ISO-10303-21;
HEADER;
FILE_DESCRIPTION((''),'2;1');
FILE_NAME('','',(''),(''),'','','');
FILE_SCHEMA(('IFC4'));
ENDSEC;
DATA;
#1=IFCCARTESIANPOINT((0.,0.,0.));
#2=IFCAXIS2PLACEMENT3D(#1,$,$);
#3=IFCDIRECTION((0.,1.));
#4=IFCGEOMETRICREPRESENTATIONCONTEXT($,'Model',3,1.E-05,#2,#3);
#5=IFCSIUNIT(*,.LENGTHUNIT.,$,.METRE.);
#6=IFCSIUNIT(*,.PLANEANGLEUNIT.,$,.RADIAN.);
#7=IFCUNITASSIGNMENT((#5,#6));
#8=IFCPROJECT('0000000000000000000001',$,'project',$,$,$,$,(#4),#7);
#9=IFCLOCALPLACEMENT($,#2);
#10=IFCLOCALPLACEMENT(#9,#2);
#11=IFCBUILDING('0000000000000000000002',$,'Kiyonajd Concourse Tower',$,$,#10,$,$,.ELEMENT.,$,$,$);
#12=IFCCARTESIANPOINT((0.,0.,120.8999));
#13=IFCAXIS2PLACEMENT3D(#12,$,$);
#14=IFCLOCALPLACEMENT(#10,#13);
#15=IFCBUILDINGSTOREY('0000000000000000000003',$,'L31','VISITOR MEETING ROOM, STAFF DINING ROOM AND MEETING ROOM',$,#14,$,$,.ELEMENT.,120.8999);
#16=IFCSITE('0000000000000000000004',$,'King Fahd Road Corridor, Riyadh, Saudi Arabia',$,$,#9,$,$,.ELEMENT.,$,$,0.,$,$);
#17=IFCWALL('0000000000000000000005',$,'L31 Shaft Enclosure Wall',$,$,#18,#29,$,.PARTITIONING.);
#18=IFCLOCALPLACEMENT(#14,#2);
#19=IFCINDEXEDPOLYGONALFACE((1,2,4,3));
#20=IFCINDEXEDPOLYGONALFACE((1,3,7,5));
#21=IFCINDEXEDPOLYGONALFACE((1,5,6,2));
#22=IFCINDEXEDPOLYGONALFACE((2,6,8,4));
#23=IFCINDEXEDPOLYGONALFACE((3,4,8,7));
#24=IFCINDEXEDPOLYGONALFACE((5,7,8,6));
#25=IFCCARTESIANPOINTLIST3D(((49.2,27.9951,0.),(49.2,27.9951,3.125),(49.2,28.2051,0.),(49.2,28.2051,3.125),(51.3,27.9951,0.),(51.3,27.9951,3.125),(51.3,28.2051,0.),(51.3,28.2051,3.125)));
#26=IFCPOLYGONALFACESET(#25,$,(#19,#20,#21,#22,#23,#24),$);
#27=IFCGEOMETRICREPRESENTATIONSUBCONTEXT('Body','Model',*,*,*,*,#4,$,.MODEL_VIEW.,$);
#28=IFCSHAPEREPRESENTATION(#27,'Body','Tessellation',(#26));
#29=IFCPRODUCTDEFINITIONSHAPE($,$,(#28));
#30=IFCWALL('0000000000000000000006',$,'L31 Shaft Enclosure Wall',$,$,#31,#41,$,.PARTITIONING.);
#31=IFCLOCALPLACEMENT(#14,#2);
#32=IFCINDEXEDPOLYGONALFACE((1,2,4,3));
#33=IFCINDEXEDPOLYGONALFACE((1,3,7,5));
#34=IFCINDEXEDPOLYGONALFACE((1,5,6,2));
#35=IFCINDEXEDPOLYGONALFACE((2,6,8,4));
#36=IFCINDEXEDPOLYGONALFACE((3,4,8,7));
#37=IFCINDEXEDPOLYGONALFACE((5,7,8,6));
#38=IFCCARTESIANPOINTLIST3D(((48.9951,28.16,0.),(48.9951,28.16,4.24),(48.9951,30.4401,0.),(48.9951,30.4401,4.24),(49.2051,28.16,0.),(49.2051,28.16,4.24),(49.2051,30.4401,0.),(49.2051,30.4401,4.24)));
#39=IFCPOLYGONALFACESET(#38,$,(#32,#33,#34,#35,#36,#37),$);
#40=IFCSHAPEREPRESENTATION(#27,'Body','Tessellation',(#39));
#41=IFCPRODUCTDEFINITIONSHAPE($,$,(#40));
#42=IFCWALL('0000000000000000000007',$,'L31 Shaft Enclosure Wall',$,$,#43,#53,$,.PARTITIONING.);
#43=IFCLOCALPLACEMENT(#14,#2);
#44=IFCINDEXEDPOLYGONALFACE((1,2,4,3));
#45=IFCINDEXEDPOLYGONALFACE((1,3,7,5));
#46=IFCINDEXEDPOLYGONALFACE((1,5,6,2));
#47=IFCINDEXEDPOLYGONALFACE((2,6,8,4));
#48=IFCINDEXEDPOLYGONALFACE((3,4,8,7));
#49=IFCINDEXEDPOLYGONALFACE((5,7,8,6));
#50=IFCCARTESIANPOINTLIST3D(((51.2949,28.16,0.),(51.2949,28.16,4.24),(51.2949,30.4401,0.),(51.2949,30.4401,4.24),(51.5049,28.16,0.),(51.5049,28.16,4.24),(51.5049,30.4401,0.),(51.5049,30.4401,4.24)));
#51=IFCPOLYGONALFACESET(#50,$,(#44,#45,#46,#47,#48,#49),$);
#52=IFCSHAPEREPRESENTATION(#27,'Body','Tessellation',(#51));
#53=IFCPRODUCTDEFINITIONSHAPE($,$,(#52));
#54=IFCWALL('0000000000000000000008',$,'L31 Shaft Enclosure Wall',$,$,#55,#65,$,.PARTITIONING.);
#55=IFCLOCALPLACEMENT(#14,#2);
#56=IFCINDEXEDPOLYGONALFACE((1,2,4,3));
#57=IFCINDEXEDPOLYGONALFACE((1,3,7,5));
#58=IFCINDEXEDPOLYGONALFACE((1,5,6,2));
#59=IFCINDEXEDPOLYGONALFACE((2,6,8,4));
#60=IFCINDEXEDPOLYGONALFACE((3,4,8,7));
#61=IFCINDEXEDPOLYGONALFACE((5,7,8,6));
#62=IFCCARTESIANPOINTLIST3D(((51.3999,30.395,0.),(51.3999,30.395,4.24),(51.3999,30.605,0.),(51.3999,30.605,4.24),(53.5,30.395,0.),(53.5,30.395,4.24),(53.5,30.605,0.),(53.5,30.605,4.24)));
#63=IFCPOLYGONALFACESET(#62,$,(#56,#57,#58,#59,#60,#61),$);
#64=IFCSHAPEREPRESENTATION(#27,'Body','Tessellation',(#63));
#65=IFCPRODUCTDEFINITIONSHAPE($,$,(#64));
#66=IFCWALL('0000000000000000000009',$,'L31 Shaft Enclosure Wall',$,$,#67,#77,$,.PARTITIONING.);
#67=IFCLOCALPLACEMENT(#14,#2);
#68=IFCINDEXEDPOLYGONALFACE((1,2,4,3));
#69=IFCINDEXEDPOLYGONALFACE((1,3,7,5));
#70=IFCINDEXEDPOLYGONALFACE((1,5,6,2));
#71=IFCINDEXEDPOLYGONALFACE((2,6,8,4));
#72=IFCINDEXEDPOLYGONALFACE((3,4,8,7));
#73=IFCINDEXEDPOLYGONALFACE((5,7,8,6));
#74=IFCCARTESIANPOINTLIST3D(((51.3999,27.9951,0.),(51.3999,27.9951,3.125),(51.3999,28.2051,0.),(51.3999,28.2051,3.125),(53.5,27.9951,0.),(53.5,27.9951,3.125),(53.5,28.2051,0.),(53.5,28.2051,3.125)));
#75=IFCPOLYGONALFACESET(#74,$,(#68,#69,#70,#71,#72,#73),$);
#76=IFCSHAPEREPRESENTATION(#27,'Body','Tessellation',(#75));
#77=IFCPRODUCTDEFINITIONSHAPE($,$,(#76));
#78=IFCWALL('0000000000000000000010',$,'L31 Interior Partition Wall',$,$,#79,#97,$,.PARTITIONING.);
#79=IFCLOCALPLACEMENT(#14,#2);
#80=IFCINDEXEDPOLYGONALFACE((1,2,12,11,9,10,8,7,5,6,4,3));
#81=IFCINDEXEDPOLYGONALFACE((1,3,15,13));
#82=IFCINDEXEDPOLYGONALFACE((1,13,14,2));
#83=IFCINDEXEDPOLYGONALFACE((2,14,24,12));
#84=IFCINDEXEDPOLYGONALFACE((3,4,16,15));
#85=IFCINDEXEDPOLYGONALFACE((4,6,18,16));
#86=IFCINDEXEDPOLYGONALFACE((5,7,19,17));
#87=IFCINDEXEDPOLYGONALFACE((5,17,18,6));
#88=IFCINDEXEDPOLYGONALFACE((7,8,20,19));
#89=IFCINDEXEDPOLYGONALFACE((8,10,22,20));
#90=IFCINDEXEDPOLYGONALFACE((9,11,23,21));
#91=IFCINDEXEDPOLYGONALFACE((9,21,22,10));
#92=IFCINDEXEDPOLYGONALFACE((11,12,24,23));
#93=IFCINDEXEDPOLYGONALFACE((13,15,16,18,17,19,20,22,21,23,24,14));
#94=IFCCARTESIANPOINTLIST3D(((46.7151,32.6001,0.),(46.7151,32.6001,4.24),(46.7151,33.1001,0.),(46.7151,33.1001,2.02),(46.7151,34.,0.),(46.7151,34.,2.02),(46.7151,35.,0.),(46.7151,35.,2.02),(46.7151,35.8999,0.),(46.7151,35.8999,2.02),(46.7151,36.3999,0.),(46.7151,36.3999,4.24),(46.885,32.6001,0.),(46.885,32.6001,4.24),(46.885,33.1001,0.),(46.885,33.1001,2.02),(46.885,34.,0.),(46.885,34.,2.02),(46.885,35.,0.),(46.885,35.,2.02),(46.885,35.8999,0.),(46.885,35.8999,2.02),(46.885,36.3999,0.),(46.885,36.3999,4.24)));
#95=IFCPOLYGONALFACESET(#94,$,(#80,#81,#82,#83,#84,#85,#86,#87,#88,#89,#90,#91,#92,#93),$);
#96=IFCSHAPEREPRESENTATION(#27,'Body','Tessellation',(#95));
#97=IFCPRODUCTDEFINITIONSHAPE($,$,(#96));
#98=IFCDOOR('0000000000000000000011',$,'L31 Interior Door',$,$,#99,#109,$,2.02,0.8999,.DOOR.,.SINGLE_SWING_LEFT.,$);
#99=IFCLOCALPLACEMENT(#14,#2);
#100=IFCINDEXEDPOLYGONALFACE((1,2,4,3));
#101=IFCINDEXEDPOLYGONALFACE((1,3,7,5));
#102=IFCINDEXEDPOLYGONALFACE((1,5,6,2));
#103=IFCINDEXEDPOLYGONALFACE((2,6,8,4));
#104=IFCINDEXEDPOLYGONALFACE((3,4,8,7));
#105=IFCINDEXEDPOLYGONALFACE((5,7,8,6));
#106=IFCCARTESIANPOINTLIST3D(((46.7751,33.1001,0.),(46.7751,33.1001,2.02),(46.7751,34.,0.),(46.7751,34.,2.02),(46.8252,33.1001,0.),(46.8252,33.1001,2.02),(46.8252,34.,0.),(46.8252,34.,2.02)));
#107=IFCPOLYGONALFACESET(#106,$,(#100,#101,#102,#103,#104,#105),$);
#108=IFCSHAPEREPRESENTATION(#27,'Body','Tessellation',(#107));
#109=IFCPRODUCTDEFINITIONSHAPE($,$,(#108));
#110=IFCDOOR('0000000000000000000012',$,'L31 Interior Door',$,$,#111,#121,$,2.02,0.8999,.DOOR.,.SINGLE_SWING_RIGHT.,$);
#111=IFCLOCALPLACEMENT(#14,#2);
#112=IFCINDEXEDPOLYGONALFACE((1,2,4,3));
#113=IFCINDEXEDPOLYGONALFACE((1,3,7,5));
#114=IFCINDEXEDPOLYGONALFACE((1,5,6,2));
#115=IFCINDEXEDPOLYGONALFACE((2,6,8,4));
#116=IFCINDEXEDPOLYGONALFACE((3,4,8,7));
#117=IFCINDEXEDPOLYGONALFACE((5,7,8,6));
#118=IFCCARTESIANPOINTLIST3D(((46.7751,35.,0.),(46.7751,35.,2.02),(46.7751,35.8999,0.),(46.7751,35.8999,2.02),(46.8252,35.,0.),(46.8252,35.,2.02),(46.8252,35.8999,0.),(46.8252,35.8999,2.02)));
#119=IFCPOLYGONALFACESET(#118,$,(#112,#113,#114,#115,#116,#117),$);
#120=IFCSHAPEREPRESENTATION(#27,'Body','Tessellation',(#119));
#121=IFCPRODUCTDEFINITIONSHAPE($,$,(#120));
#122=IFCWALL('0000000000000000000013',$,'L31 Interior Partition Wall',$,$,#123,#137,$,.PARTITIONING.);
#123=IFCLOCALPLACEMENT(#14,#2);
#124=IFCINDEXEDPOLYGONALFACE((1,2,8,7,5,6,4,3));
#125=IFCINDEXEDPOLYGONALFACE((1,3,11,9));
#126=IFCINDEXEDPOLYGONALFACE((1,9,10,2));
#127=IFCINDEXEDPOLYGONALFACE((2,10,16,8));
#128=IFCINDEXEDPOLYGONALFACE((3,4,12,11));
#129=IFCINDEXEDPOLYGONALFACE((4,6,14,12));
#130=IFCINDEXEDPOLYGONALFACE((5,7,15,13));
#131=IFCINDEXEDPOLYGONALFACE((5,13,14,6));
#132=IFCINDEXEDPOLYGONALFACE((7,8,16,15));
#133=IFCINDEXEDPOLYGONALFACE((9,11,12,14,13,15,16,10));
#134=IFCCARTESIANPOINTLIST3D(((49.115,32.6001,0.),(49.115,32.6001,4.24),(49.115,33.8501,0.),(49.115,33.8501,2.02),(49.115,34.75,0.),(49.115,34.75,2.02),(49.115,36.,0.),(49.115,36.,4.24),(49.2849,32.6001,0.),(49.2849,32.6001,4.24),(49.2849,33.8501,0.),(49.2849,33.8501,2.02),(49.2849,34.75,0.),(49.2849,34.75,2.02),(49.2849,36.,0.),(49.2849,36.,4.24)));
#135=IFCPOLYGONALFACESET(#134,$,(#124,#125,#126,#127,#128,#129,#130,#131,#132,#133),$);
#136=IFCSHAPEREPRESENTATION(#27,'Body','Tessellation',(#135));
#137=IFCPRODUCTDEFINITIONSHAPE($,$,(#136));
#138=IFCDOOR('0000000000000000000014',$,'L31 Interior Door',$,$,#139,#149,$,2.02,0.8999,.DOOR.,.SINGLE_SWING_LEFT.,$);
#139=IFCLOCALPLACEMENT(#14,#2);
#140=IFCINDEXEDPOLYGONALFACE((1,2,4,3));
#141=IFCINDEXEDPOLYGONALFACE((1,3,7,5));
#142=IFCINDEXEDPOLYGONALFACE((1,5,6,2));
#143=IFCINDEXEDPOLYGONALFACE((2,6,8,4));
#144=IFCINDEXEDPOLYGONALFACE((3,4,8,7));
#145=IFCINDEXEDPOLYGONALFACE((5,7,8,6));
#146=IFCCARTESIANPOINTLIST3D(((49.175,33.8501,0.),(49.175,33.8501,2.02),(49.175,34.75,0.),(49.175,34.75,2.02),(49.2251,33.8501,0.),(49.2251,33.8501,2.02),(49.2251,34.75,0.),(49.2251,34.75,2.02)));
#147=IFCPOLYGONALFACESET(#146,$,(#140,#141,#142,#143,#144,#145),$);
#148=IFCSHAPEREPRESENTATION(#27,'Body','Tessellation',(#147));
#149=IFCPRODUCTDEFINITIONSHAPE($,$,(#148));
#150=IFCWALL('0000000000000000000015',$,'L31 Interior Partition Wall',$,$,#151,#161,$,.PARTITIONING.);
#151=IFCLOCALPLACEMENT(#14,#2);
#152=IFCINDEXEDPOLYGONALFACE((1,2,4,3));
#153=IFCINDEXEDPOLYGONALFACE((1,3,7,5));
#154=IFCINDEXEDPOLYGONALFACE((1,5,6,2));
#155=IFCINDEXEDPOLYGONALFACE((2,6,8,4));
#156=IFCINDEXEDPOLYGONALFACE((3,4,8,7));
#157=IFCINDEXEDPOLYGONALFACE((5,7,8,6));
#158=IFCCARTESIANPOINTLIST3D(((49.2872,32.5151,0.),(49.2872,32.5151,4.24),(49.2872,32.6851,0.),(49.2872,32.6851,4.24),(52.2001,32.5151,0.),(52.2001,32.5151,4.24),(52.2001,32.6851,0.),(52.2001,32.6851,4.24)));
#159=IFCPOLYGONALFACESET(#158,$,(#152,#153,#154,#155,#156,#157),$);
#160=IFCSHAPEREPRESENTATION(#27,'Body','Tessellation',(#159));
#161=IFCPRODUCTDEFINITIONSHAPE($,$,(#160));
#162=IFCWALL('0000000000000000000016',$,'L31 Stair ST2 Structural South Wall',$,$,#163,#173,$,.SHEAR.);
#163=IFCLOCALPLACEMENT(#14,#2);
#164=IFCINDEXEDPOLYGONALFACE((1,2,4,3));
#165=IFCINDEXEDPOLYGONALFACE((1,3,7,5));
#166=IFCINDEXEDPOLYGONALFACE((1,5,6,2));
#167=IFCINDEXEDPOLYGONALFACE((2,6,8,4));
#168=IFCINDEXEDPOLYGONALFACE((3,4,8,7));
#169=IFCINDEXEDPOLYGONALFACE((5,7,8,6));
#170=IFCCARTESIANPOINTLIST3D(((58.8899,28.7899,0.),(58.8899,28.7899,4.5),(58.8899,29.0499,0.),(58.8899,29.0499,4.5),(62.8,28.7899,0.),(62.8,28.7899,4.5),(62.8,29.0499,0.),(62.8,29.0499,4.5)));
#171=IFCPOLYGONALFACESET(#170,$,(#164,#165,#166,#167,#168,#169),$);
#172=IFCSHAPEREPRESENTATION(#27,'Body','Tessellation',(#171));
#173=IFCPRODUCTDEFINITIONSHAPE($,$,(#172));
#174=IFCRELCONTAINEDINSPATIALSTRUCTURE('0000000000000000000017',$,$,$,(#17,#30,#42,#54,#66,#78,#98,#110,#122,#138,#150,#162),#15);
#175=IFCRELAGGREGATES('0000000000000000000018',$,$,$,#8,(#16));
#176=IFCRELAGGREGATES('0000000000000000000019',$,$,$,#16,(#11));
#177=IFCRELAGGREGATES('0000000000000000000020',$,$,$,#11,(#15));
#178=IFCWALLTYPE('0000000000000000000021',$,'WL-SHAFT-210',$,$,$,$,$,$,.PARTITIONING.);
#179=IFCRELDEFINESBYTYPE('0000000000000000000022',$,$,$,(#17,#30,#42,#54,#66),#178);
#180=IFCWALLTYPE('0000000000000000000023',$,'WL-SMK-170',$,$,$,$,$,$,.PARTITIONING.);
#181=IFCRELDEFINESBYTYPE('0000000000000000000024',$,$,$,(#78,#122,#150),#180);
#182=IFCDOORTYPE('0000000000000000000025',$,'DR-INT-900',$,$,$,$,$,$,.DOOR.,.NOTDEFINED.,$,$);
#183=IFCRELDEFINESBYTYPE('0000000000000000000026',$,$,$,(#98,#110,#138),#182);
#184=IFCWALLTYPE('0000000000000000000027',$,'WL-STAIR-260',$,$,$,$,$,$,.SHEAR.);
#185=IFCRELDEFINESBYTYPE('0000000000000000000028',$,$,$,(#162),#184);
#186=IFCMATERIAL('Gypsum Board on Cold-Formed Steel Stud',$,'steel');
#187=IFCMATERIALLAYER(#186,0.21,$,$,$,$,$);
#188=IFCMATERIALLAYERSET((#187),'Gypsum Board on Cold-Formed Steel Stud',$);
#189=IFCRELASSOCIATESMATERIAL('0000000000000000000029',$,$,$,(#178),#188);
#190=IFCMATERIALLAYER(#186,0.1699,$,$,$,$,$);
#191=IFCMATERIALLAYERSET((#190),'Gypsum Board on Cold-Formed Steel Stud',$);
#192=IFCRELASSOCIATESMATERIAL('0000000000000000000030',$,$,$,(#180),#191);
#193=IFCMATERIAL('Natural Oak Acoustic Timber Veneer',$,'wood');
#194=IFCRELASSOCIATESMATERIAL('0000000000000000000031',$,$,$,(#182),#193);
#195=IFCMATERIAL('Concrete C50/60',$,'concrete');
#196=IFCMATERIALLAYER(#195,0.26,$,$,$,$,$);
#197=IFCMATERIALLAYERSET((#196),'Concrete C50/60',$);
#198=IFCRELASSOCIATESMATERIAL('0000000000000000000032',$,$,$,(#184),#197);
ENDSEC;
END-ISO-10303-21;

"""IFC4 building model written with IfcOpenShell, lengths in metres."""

from ifc_helpers import new_model, si_unit, direction, frame, frame_2d, origin, place, context, subcontext, project, spatial, rectangle, extrude, material, layer, layer_set, type_object, element, fill, save


model = new_model("IFC4")

# Units and contexts
model_context = context("Model", 3, precision=1e-05, world=origin(), true_north=direction((0.0, 1.0)))
body_context = subcontext(model_context, "Body", "Model", "MODEL_VIEW")
ifc_project = project(units=[si_unit("LENGTHUNIT", "METRE"), si_unit("PLANEANGLEUNIT", "RADIAN")], contexts=[model_context])

# Site, building, storey
site_placement = place(None, origin())
site = spatial("IfcSite", under=ifc_project, at=site_placement, Name="King Fahd Road Corridor, Riyadh, Saudi Arabia", CompositionType="ELEMENT", RefElevation=0.0)
building_placement = place(site_placement, origin())
building = spatial("IfcBuilding", under=site, at=building_placement, Name="Kiyonajd Concourse Tower", CompositionType="ELEMENT")
storey_placement = place(building_placement, frame((0.0, 0.0, 120.8999)))
storey = spatial("IfcBuildingStorey", under=building, at=storey_placement, Name="L31", Description="VISITOR MEETING ROOM, STAFF DINING ROOM AND MEETING ROOM", CompositionType="ELEMENT", Elevation=120.8999)

# Shared definitions
ifc_material_1 = material(Name="Concrete C50/60", Category="concrete")

# Shared definitions
ifc_material_2 = material(Name="Gypsum Board on Cold-Formed Steel Stud", Category="steel")
ifc_layer_1 = layer(ifc_material_2, 0.21)
ifc_layer_set_1 = layer_set([ifc_layer_1], Name="Gypsum Board on Cold-Formed Steel Stud")
wall_type_1 = type_object("IfcWallType", Name="WL-SHAFT-210", PredefinedType="PARTITIONING", material=ifc_layer_set_1)

# Walls
wall_1_placement = place(storey_placement, frame((49.2, 28.1001, 0.0), z_axis=(0.0, 0.0, 1.0), x_axis=(1.0, 0.0, 0.0)))
element("IfcWall", 1, at=wall_1_placement, inside=storey, type_object=wall_type_1, Name="L31 Shaft Enclosure Wall", PredefinedType="PARTITIONING", context=body_context, shape_type="SweptSolid", body=[
    extrude(rectangle(XDim=2.1001, YDim=0.21, at=frame_2d((1.05, 0.0))), origin(), (0.0, 0.0, 1.0), 3.125),
])
for number, where, z_axis, x_axis, name in (
    (2, (49.1001, 28.1599, 0.0), (0.0, 0.0, 1.0), (0.0, 1.0, 0.0), "L31 Shaft Enclosure Wall"),
    (3, (51.3999, 28.1599, 0.0), (0.0, 0.0, 1.0), (0.0, 1.0, 0.0), "L31 Shaft Enclosure Wall"),
):
    element("IfcWall", number, at=place(storey_placement, frame(where, z_axis=z_axis, x_axis=x_axis)), inside=storey, type_object=wall_type_1, Name=name, PredefinedType="PARTITIONING", context=body_context, shape_type="SweptSolid", body=[
        extrude(rectangle(XDim=2.28, YDim=0.21, at=frame_2d((1.1401, 0.0))), origin(), (0.0, 0.0, 1.0), 4.24),
    ])
wall_2_placement = place(storey_placement, frame((51.3999, 30.5, 0.0), z_axis=(0.0, 0.0, 1.0), x_axis=(1.0, 0.0, 0.0)))
element("IfcWall", 4, at=wall_2_placement, inside=storey, type_object=wall_type_1, Name="L31 Shaft Enclosure Wall", PredefinedType="PARTITIONING", context=body_context, shape_type="SweptSolid", body=[
    extrude(rectangle(XDim=2.1001, YDim=0.21, at=frame_2d((1.05, 0.0))), origin(), (0.0, 0.0, 1.0), 4.24),
])
wall_3_placement = place(storey_placement, frame((51.3999, 28.1001, 0.0), z_axis=(0.0, 0.0, 1.0), x_axis=(1.0, 0.0, 0.0)))
element("IfcWall", 5, at=wall_3_placement, inside=storey, type_object=wall_type_1, Name="L31 Shaft Enclosure Wall", PredefinedType="PARTITIONING", context=body_context, shape_type="SweptSolid", body=[
    extrude(rectangle(XDim=2.1001, YDim=0.21, at=frame_2d((1.05, 0.0))), origin(), (0.0, 0.0, 1.0), 3.125),
])

# Wall, openings, doors
ifc_layer_2 = layer(ifc_material_2, 0.1699)
ifc_layer_set_2 = layer_set([ifc_layer_2], Name="Gypsum Board on Cold-Formed Steel Stud")
wall_type_2 = type_object("IfcWallType", Name="WL-SMK-170", PredefinedType="PARTITIONING", material=ifc_layer_set_2)
wall_4_placement = place(storey_placement, frame((46.8, 32.6001, 0.0), z_axis=(0.0, 0.0, 1.0), x_axis=(0.0, 1.0, 0.0)))
wall_4 = element("IfcWall", 6, at=wall_4_placement, inside=storey, type_object=wall_type_2, Name="L31 Interior Partition Wall", PredefinedType="PARTITIONING", context=body_context, shape_type="SweptSolid", body=[
    extrude(rectangle(XDim=3.7998, YDim=0.1699, at=frame_2d((1.8999, 0.0))), origin(), (0.0, 0.0, 1.0), 4.24),
])
opening_1_placement = place(wall_4_placement, frame((0.5, 0.0, 0.0)))
opening_1 = element("IfcOpeningElement", 7, at=opening_1_placement, cuts=wall_4, PredefinedType="OPENING", context=body_context, shape_type="SweptSolid", body=[
    extrude(rectangle(XDim=0.8999, YDim=2.02, at=frame_2d((0.45, 1.01))), frame((0.0, 0.095, 0.0), z_axis=(0.0, -1.0, 0.0), x_axis=(1.0, 0.0, 0.0)), (0.0, 0.0, 1.0), 0.1899),
])
opening_2_placement = place(wall_4_placement, frame((2.3999, 0.0, 0.0)))
opening_2 = element("IfcOpeningElement", 8, at=opening_2_placement, cuts=wall_4, PredefinedType="OPENING", context=body_context, shape_type="SweptSolid", body=[
    extrude(rectangle(XDim=0.8999, YDim=2.02, at=frame_2d((0.45, 1.01))), frame((0.0, 0.095, 0.0), z_axis=(0.0, -1.0, 0.0), x_axis=(1.0, 0.0, 0.0)), (0.0, 0.0, 1.0), 0.1899),
])
ifc_material_3 = material(Name="Natural Oak Acoustic Timber Veneer", Category="wood")
door_type_1 = type_object("IfcDoorType", Name="DR-INT-900", OperationType="NOTDEFINED", PredefinedType="DOOR", material=ifc_material_3)
door_1_placement = place(opening_1_placement, origin())
door_1 = element("IfcDoor", 9, at=door_1_placement, inside=storey, type_object=door_type_1, Name="L31 Interior Door", OperationType="SINGLE_SWING_LEFT", OverallHeight=2.02, OverallWidth=0.8999, PredefinedType="DOOR", context=body_context, shape_type="SweptSolid", body=[
    extrude(rectangle(XDim=0.8999, YDim=2.02, at=frame_2d((0.45, 1.01))), frame((0.0, 0.0249, 0.0), z_axis=(0.0, -1.0, 0.0), x_axis=(1.0, 0.0, 0.0)), (0.0, 0.0, 1.0), 0.05),
])
fill(opening_1, door_1)
door_2_placement = place(opening_2_placement, origin())
door_2 = element("IfcDoor", 10, at=door_2_placement, inside=storey, type_object=door_type_1, Name="L31 Interior Door", OperationType="SINGLE_SWING_RIGHT", OverallHeight=2.02, OverallWidth=0.8999, PredefinedType="DOOR", context=body_context, shape_type="SweptSolid", body=[
    extrude(rectangle(XDim=0.8999, YDim=2.02, at=frame_2d((0.45, 1.01))), frame((0.0, 0.0249, 0.0), z_axis=(0.0, -1.0, 0.0), x_axis=(1.0, 0.0, 0.0)), (0.0, 0.0, 1.0), 0.05),
])
fill(opening_2, door_2)

# Wall, opening, door
wall_5_placement = place(storey_placement, frame((49.2, 32.6001, 0.0), z_axis=(0.0, 0.0, 1.0), x_axis=(0.0, 1.0, 0.0)))
wall_5 = element("IfcWall", 11, at=wall_5_placement, inside=storey, type_object=wall_type_2, Name="L31 Interior Partition Wall", PredefinedType="PARTITIONING", context=body_context, shape_type="SweptSolid", body=[
    extrude(rectangle(XDim=3.3999, YDim=0.1699, at=frame_2d((1.7, 0.0))), origin(), (0.0, 0.0, 1.0), 4.24),
])
opening_3_placement = place(wall_5_placement, frame((1.25, 0.0, 0.0)))
opening_3 = element("IfcOpeningElement", 12, at=opening_3_placement, cuts=wall_5, PredefinedType="OPENING", context=body_context, shape_type="SweptSolid", body=[
    extrude(rectangle(XDim=0.8999, YDim=2.02, at=frame_2d((0.45, 1.01))), frame((0.0, 0.095, 0.0), z_axis=(0.0, -1.0, 0.0), x_axis=(1.0, 0.0, 0.0)), (0.0, 0.0, 1.0), 0.1899),
])
door_3_placement = place(opening_3_placement, origin())
door_3 = element("IfcDoor", 13, at=door_3_placement, inside=storey, type_object=door_type_1, Name="L31 Interior Door", OperationType="SINGLE_SWING_LEFT", OverallHeight=2.02, OverallWidth=0.8999, PredefinedType="DOOR", context=body_context, shape_type="SweptSolid", body=[
    extrude(rectangle(XDim=0.8999, YDim=2.02, at=frame_2d((0.45, 1.01))), frame((0.0, 0.0249, 0.0), z_axis=(0.0, -1.0, 0.0), x_axis=(1.0, 0.0, 0.0)), (0.0, 0.0, 1.0), 0.05),
])
fill(opening_3, door_3)

# Walls
wall_6_placement = place(storey_placement, frame((49.2871, 32.6001, 0.0), z_axis=(0.0, 0.0, 1.0), x_axis=(1.0, 0.0, 0.0)))
element("IfcWall", 14, at=wall_6_placement, inside=storey, type_object=wall_type_2, Name="L31 Interior Partition Wall", PredefinedType="PARTITIONING", context=body_context, shape_type="SweptSolid", body=[
    extrude(rectangle(XDim=2.9128, YDim=0.1699, at=frame_2d((1.4565, 0.0))), origin(), (0.0, 0.0, 1.0), 4.24),
])
ifc_layer_3 = layer(ifc_material_1, 0.26)
ifc_layer_set_3 = layer_set([ifc_layer_3], Name="Concrete C50/60")
wall_type_3 = type_object("IfcWallType", Name="WL-STAIR-260", PredefinedType="SHEAR", material=ifc_layer_set_3)
wall_7_placement = place(storey_placement, frame((58.8899, 28.9199, 0.0), z_axis=(0.0, 0.0, 1.0), x_axis=(1.0, 0.0, 0.0)))
element("IfcWall", 15, at=wall_7_placement, inside=storey, type_object=wall_type_3, Name="L31 Stair ST2 Structural South Wall", PredefinedType="SHEAR", context=body_context, shape_type="SweptSolid", body=[
    extrude(rectangle(XDim=3.9102, YDim=0.26, at=frame_2d((1.9551, 0.0))), origin(), (0.0, 0.0, 1.0), 4.5),
])

save(model, "model.ifc")
